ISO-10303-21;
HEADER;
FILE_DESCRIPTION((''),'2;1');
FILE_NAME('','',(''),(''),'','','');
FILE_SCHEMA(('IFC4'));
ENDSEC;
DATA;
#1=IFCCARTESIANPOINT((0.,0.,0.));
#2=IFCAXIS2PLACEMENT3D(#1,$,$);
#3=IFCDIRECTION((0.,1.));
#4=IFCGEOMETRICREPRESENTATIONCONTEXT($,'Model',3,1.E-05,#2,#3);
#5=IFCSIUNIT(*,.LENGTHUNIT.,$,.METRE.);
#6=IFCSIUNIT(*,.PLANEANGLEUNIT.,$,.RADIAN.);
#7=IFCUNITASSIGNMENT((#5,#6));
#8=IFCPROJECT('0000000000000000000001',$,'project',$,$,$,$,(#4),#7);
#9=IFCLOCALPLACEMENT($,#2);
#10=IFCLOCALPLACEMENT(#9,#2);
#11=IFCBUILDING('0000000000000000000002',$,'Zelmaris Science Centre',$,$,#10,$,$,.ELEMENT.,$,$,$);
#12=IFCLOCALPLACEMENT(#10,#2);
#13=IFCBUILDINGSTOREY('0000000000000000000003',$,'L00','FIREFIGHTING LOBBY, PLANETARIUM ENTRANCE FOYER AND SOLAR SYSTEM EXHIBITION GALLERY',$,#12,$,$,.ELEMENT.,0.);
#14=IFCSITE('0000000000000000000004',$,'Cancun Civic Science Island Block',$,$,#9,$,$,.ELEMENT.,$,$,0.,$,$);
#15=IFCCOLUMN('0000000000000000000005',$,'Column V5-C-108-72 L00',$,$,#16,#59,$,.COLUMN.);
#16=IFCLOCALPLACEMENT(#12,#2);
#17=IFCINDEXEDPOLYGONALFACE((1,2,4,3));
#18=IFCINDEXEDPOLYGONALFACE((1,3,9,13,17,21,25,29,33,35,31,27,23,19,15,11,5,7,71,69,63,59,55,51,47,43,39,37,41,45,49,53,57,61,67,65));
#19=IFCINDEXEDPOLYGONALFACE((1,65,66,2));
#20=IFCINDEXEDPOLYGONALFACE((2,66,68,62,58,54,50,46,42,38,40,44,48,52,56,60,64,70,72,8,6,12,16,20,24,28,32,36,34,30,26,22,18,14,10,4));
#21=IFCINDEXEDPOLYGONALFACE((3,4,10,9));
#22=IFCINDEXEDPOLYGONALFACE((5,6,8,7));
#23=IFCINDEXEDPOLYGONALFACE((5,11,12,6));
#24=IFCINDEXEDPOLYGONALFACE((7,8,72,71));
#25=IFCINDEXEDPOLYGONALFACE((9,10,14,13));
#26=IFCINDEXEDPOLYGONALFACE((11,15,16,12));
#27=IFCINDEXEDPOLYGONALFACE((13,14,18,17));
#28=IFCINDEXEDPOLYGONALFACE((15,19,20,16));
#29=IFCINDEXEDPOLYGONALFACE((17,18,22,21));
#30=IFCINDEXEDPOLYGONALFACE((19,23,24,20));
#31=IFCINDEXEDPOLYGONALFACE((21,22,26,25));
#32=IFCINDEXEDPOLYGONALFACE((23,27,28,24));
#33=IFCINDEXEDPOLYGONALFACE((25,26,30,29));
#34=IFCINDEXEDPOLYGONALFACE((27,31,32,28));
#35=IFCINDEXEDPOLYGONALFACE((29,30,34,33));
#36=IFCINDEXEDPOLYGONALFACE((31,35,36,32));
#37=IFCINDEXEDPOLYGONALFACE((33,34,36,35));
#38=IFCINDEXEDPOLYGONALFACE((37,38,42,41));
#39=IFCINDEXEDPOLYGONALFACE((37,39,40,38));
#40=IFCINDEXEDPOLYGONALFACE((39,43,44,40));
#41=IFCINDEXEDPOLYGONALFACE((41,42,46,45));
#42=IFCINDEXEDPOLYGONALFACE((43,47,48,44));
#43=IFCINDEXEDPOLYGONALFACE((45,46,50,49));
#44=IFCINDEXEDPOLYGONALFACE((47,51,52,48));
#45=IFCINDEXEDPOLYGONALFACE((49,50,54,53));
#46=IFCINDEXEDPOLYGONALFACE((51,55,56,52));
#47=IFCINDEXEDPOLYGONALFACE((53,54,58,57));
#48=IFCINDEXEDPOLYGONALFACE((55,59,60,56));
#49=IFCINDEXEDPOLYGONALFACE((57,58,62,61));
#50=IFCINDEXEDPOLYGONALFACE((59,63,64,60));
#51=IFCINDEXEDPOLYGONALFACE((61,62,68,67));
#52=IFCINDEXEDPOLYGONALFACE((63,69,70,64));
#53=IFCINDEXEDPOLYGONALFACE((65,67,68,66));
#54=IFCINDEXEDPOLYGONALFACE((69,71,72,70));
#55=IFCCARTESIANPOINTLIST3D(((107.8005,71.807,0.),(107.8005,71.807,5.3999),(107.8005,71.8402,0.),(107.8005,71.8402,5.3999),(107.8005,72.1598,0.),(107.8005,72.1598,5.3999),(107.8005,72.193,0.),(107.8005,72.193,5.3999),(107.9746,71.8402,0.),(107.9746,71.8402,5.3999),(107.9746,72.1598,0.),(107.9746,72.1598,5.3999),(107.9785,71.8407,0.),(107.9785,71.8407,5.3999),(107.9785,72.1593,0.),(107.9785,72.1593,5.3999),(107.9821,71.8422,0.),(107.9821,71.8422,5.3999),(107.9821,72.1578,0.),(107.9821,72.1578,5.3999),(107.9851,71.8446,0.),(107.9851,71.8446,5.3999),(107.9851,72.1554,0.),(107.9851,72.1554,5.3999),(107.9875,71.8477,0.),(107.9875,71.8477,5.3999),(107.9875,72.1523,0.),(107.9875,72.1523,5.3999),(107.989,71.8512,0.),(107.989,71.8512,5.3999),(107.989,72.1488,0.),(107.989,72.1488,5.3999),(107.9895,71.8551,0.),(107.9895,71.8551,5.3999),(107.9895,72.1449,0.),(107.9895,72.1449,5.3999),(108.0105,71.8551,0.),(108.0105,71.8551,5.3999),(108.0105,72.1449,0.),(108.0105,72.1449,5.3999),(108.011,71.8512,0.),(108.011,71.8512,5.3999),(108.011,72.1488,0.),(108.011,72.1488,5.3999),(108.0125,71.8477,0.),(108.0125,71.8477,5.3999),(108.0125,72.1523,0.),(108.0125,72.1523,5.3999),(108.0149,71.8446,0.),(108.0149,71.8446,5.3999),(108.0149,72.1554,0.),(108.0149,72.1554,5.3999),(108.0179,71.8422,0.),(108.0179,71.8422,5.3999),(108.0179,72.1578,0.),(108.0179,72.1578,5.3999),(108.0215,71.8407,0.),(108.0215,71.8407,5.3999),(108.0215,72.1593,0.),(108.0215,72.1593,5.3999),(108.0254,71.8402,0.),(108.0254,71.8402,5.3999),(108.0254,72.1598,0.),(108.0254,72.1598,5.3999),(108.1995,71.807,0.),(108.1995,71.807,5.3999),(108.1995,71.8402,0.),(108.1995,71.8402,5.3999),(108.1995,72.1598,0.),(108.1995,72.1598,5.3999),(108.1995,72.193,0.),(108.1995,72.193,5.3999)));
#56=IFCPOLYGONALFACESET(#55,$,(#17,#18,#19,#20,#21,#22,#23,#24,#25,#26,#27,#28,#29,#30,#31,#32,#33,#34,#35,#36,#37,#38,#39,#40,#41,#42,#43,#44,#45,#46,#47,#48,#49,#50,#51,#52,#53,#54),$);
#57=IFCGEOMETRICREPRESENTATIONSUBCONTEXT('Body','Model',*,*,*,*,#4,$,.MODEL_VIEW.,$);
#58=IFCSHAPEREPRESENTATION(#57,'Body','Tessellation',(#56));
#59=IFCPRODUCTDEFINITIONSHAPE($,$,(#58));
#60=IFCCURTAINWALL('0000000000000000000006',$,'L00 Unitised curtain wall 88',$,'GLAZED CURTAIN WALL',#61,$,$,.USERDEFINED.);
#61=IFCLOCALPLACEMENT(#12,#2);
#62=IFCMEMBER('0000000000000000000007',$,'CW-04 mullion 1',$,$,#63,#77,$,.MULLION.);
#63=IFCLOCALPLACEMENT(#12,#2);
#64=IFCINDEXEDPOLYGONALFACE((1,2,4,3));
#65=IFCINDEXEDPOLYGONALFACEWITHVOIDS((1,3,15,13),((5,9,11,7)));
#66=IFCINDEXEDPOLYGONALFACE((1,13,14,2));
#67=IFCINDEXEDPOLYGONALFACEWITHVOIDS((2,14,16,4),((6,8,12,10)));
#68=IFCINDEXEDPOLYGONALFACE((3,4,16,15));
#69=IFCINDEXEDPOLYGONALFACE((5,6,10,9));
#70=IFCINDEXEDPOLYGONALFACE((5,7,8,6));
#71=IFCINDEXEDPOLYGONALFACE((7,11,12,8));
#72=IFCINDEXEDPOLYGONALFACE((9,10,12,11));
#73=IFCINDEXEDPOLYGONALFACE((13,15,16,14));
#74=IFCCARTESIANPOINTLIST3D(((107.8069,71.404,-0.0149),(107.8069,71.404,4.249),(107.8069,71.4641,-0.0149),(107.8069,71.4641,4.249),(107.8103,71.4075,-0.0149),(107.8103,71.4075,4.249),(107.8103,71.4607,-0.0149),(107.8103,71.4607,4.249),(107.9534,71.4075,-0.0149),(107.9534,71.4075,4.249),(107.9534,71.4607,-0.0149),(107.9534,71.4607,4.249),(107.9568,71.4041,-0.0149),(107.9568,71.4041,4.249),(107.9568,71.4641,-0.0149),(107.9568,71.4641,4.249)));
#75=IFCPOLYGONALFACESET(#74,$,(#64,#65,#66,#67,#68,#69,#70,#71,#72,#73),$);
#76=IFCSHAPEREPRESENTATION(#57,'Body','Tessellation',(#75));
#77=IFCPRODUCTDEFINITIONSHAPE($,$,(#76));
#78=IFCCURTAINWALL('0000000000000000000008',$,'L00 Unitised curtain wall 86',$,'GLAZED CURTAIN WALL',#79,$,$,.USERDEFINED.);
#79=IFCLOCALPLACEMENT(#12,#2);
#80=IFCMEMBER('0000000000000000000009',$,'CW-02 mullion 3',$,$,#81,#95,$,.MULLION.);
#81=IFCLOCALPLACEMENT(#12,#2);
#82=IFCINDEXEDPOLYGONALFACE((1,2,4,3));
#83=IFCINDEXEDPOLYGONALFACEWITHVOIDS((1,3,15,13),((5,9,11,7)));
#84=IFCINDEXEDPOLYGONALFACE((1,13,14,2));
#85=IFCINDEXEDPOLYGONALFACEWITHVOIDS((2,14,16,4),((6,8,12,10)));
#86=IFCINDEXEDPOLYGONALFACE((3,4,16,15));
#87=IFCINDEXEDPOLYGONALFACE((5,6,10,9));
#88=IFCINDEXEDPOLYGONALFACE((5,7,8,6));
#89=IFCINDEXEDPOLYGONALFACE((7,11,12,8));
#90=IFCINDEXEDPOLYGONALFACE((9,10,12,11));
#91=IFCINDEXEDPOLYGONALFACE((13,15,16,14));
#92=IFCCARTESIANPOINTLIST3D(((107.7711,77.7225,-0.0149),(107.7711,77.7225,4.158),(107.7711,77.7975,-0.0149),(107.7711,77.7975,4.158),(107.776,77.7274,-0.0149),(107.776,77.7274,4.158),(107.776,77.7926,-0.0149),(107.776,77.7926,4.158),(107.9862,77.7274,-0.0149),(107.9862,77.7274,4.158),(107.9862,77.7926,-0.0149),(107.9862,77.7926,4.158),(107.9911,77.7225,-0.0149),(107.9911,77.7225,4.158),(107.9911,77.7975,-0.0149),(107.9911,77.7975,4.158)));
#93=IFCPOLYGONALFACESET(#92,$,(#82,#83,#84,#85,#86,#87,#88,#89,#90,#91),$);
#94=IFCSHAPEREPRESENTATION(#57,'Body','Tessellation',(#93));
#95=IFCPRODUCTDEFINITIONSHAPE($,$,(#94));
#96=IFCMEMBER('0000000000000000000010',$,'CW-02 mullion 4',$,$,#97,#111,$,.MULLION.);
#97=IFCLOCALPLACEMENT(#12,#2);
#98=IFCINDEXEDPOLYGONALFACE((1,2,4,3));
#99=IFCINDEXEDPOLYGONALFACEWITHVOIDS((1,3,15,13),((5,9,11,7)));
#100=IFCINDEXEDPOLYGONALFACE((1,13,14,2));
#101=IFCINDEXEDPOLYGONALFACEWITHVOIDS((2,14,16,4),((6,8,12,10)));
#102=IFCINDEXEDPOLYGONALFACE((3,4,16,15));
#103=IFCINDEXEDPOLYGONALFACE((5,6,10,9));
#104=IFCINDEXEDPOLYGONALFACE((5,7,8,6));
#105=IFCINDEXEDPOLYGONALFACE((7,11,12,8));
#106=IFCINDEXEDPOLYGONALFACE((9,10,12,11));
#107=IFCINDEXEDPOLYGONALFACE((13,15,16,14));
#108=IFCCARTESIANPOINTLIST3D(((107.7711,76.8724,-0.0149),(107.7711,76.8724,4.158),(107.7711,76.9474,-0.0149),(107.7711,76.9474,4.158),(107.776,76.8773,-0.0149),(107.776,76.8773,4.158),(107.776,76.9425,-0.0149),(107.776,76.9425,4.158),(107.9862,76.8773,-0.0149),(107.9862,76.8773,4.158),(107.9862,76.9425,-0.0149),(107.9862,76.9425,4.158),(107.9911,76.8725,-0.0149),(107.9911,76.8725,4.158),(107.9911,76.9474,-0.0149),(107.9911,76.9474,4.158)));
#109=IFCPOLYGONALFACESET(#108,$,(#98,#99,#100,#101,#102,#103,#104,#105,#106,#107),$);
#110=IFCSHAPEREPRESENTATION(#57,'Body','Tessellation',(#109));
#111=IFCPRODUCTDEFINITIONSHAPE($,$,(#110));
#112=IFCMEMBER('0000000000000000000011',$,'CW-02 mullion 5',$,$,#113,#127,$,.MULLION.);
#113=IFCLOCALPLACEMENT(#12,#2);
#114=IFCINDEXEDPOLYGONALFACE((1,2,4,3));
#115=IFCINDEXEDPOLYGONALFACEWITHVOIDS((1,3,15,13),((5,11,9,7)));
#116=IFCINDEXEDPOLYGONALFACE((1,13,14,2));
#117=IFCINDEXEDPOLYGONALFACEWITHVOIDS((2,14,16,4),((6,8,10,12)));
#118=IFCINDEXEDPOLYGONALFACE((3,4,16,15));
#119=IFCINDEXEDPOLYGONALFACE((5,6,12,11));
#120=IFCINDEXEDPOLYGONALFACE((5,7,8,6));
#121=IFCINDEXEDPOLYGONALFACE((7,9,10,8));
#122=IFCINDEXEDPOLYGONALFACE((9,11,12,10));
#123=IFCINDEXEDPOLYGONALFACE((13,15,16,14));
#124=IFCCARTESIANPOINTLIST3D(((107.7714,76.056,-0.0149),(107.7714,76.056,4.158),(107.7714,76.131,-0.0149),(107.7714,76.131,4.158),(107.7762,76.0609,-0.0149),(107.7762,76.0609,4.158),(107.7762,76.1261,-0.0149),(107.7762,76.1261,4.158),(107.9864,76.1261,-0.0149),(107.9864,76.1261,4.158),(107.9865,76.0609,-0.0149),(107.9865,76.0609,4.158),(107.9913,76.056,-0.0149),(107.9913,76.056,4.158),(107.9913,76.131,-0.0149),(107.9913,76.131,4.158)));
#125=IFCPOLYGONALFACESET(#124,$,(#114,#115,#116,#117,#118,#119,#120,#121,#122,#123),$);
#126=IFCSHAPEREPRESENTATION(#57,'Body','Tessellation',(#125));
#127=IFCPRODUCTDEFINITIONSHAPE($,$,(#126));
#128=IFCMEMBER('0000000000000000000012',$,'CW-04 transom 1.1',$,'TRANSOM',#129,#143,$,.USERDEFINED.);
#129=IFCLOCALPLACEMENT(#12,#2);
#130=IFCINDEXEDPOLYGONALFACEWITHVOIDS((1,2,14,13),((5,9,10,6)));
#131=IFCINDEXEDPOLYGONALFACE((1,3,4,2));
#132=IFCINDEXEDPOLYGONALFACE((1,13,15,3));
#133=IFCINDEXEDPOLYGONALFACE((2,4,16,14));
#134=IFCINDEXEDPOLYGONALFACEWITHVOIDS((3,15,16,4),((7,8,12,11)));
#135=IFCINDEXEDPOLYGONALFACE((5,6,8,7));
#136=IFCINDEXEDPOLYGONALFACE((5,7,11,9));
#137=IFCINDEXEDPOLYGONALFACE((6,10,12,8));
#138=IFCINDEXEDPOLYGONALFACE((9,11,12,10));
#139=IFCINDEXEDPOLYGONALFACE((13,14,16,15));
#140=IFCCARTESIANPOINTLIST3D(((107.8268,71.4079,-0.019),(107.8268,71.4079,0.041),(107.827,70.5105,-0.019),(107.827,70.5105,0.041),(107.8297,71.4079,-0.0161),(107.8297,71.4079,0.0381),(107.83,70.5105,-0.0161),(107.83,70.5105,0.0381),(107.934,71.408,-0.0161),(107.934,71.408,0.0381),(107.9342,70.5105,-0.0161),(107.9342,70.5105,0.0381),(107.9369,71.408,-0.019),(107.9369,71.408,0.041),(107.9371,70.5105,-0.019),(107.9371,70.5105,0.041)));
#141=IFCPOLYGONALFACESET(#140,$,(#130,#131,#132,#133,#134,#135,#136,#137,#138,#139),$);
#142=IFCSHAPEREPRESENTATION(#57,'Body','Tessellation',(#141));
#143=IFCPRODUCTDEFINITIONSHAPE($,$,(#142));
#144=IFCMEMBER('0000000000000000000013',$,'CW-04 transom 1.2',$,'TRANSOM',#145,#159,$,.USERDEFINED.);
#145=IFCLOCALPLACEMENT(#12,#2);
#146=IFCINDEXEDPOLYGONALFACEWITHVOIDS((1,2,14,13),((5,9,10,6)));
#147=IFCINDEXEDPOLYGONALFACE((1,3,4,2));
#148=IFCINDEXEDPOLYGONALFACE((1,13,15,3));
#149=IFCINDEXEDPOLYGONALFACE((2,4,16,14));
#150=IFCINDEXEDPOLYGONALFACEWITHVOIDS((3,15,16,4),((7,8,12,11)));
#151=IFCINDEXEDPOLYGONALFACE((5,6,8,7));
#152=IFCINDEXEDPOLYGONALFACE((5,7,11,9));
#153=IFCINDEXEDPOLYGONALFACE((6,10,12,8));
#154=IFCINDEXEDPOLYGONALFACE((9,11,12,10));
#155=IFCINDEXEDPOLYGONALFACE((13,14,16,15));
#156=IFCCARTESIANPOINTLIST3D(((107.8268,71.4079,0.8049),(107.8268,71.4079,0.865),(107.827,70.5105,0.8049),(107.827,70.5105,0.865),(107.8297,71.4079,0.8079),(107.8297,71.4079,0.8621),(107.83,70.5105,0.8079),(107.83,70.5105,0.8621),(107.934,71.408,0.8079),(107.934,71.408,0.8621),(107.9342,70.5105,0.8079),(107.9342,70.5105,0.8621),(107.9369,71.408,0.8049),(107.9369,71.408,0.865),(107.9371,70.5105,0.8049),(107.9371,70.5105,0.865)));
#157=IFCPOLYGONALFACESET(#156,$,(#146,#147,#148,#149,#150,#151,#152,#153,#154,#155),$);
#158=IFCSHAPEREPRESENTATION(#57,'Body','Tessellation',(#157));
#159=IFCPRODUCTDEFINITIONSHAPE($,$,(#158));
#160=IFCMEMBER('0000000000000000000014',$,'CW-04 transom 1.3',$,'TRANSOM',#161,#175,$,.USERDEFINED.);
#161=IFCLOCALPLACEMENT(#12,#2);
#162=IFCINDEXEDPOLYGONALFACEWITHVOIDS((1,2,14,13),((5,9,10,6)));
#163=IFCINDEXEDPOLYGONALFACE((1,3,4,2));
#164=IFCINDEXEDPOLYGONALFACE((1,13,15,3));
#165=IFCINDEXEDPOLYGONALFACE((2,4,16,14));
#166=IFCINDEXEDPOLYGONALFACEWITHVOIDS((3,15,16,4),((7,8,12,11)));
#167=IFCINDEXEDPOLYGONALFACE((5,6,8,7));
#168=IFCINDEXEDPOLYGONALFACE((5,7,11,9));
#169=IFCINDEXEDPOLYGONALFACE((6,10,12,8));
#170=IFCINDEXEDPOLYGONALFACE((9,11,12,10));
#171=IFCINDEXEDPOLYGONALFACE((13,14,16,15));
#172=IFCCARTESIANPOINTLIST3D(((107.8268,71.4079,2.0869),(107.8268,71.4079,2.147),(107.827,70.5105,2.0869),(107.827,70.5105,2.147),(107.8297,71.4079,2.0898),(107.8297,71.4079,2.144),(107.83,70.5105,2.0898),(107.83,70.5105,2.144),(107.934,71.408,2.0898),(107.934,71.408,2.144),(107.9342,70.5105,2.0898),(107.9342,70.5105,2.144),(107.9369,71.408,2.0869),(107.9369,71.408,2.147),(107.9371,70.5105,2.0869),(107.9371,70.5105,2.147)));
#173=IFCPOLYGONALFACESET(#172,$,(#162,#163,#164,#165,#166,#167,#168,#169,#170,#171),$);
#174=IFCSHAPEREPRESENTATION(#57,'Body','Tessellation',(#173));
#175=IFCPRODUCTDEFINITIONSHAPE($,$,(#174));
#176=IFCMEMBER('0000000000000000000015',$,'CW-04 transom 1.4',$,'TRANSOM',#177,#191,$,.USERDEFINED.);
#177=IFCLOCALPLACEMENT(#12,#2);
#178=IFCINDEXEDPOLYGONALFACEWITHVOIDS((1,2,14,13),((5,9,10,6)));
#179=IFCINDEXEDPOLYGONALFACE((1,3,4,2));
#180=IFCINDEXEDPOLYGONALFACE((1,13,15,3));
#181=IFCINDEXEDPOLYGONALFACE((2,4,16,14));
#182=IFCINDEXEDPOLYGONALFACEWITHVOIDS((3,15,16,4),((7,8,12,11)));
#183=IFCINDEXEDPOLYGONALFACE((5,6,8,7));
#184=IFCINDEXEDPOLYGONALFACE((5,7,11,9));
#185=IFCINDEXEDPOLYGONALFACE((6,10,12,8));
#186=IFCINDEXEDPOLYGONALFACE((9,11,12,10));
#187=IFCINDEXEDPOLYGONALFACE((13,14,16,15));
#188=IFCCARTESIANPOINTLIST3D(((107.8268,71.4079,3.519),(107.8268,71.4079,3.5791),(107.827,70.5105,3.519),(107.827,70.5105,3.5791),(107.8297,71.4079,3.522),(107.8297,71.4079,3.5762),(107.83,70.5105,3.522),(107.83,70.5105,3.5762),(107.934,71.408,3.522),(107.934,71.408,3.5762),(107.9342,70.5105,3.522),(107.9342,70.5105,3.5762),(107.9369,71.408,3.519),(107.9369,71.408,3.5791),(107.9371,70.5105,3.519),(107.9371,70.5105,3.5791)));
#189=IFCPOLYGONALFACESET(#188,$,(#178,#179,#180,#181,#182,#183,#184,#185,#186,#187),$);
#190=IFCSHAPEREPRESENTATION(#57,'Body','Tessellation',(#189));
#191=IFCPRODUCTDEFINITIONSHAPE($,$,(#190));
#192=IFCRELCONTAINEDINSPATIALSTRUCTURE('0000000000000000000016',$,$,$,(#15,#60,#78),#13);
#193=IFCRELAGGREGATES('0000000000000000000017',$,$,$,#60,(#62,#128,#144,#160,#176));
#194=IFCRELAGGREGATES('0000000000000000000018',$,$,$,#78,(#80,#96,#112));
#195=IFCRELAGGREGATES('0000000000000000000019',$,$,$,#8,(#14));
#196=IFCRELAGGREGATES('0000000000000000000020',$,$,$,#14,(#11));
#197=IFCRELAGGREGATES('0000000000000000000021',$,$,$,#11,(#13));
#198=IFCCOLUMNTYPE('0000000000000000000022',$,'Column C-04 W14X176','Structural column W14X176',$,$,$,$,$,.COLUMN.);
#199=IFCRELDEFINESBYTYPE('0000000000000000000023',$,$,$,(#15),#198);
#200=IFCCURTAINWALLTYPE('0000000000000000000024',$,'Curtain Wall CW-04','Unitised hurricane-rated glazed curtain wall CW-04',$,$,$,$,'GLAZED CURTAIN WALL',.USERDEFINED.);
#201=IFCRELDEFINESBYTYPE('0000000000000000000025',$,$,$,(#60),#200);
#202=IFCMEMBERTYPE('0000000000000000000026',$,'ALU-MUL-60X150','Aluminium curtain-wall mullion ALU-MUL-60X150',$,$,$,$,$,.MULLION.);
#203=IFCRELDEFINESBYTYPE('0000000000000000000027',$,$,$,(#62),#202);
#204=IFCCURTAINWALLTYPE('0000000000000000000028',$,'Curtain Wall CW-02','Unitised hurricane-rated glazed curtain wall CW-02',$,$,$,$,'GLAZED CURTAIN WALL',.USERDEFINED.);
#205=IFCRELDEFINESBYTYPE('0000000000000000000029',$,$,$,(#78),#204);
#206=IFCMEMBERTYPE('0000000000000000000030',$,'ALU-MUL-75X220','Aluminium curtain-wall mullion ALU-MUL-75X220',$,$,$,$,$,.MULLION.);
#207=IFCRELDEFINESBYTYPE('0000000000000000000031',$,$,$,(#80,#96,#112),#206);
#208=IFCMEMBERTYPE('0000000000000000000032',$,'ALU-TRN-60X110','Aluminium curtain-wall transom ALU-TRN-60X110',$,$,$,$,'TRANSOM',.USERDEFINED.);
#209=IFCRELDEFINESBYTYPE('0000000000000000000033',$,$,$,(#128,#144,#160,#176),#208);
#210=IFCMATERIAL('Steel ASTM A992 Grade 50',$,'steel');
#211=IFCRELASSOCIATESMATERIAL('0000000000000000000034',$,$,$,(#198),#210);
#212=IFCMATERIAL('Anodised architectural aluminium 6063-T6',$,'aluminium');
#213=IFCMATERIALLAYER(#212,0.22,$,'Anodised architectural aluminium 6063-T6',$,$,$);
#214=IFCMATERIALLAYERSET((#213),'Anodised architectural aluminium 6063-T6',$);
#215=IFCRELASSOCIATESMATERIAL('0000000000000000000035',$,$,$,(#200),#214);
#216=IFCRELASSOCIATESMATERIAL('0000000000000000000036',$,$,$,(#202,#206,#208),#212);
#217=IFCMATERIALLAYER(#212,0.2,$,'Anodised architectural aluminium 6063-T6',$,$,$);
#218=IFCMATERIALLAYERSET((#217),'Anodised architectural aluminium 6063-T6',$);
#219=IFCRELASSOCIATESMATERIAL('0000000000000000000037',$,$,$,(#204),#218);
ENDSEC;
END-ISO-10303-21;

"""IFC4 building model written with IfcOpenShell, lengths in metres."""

from ifc_helpers import new_model, si_unit, direction, frame, origin, origin_2d, place, context, subcontext, project, spatial, hollow_rectangle, i_section, extrude, material, layer, layer_set, material_profile, profile_set, type_object, element, aggregate, save


model = new_model("IFC4")

# Units and contexts
model_context = context("Model", 3, precision=1e-05, world=origin(), true_north=direction((0.0, 1.0)))
body_context = subcontext(model_context, "Body", "Model", "MODEL_VIEW")
ifc_project = project(units=[si_unit("LENGTHUNIT", "METRE"), si_unit("PLANEANGLEUNIT", "RADIAN")], contexts=[model_context])

# Site, building, storey
site_placement = place(None, origin())
site = spatial("IfcSite", under=ifc_project, at=site_placement, Name="Cancun Civic Science Island Block", CompositionType="ELEMENT", RefElevation=0.0)
building_placement = place(site_placement, origin())
building = spatial("IfcBuilding", under=site, at=building_placement, Name="Zelmaris Science Centre", CompositionType="ELEMENT")
storey_placement = place(building_placement, origin())
storey = spatial("IfcBuildingStorey", under=building, at=storey_placement, Name="L00", Description="FIREFIGHTING LOBBY, PLANETARIUM ENTRANCE FOYER AND SOLAR SYSTEM EXHIBITION GALLERY", CompositionType="ELEMENT", Elevation=0.0)

# Column
ifc_material_1 = material(Name="Steel ASTM A992 Grade 50", Category="steel")
ifc_material_profile_1 = material_profile(ifc_material_1, i_section(OverallWidth=0.3989, OverallDepth=0.386, WebThickness=0.021, FlangeThickness=0.0332, FilletRadius=0.0149, at=origin_2d()), Name="W14X176")
ifc_profile_set_1 = profile_set([ifc_material_profile_1], Name="Steel ASTM A992 Grade 50")
column_type = type_object("IfcColumnType", Name="Column C-04 W14X176", Description="Structural column W14X176", PredefinedType="COLUMN", material=ifc_profile_set_1)
column_placement = place(storey_placement, frame((108.0, 72.0, 0.0), z_axis=(0.0, 0.0, 1.0), x_axis=(1.0, 0.0, 0.0)))
element("IfcColumn", 1, at=column_placement, inside=storey, type_object=column_type, Name="Column V5-C-108-72 L00", PredefinedType="COLUMN", context=body_context, shape_type="SweptSolid", body=[
    extrude(i_section(OverallWidth=0.3989, OverallDepth=0.386, WebThickness=0.021, FlangeThickness=0.0332, FilletRadius=0.0149, at=origin_2d()), origin(), (0.0, 0.0, 1.0), 5.3999),
])

# Curtain wall, member
ifc_material_2 = material(Name="Anodised architectural aluminium 6063-T6", Category="aluminium")
ifc_layer_1 = layer(ifc_material_2, 0.22, Name="Anodised architectural aluminium 6063-T6")
ifc_layer_set_1 = layer_set([ifc_layer_1], Name="Anodised architectural aluminium 6063-T6")
curtain_wall_type_1 = type_object("IfcCurtainWallType", Name="Curtain Wall CW-04", Description="Unitised hurricane-rated glazed curtain wall CW-04", ElementType="GLAZED CURTAIN WALL", PredefinedType="USERDEFINED", material=ifc_layer_set_1)
curtain_wall_1_placement = place(storey_placement, origin())
curtain_wall_1 = element("IfcCurtainWall", 2, at=curtain_wall_1_placement, inside=storey, type_object=curtain_wall_type_1, Name="L00 Unitised curtain wall 88", ObjectType="GLAZED CURTAIN WALL", PredefinedType="USERDEFINED")
ifc_material_profile_2 = material_profile(ifc_material_2, hollow_rectangle(XDim=0.0601, YDim=0.1499, WallThickness=0.0034, at=origin_2d()), Name="ALU-MUL-60X150")
ifc_profile_set_2 = profile_set([ifc_material_profile_2], Name="Anodised architectural aluminium 6063-T6")
member_type_1 = type_object("IfcMemberType", Name="ALU-MUL-60X150", Description="Aluminium curtain-wall mullion ALU-MUL-60X150", PredefinedType="MULLION", material=ifc_profile_set_2)
member_1_placement = place(storey_placement, frame((107.8818, 71.4341, -0.0149), z_axis=(0.0, 0.0, 1.0), x_axis=(0.000129, -1.0, 0.0)))
member_1 = element("IfcMember", 3, at=member_1_placement, type_object=member_type_1, Name="CW-04 mullion 1", PredefinedType="MULLION", context=body_context, shape_type="SweptSolid", body=[
    extrude(hollow_rectangle(XDim=0.0601, YDim=0.1499, WallThickness=0.0034, at=origin_2d()), origin(), (0.0, 0.0, 1.0), 4.2639),
])

# Curtain wall, members
ifc_layer_2 = layer(ifc_material_2, 0.2, Name="Anodised architectural aluminium 6063-T6")
ifc_layer_set_2 = layer_set([ifc_layer_2], Name="Anodised architectural aluminium 6063-T6")
curtain_wall_type_2 = type_object("IfcCurtainWallType", Name="Curtain Wall CW-02", Description="Unitised hurricane-rated glazed curtain wall CW-02", ElementType="GLAZED CURTAIN WALL", PredefinedType="USERDEFINED", material=ifc_layer_set_2)
curtain_wall_2_placement = place(storey_placement, origin())
curtain_wall_2 = element("IfcCurtainWall", 4, at=curtain_wall_2_placement, inside=storey, type_object=curtain_wall_type_2, Name="L00 Unitised curtain wall 86", ObjectType="GLAZED CURTAIN WALL", PredefinedType="USERDEFINED")
ifc_material_profile_3 = material_profile(ifc_material_2, hollow_rectangle(XDim=0.075, YDim=0.22, WallThickness=0.0049, at=origin_2d()), Name="ALU-MUL-75X220")
ifc_profile_set_3 = profile_set([ifc_material_profile_3], Name="Anodised architectural aluminium 6063-T6")
member_type_2 = type_object("IfcMemberType", Name="ALU-MUL-75X220", Description="Aluminium curtain-wall mullion ALU-MUL-75X220", PredefinedType="MULLION", material=ifc_profile_set_3)
member_2_placement = place(storey_placement, frame((107.8811, 77.76, -0.0149), z_axis=(0.0, 0.0, 1.0), x_axis=(0.000129, -1.0, 0.0)))
member_2 = element("IfcMember", 5, at=member_2_placement, type_object=member_type_2, Name="CW-02 mullion 3", PredefinedType="MULLION", context=body_context, shape_type="SweptSolid", body=[
    extrude(hollow_rectangle(XDim=0.075, YDim=0.22, WallThickness=0.0049, at=origin_2d()), origin(), (0.0, 0.0, 1.0), 4.1729),
])
member_3_placement = place(storey_placement, frame((107.8811, 76.9099, -0.0149), z_axis=(0.0, 0.0, 1.0), x_axis=(0.000129, -1.0, 0.0)))
member_3 = element("IfcMember", 6, at=member_3_placement, type_object=member_type_2, Name="CW-02 mullion 4", PredefinedType="MULLION", context=body_context, shape_type="SweptSolid", body=[
    extrude(hollow_rectangle(XDim=0.075, YDim=0.22, WallThickness=0.0049, at=origin_2d()), origin(), (0.0, 0.0, 1.0), 4.1729),
])
member_4_placement = place(storey_placement, frame((107.8813, 76.0935, -0.0149), z_axis=(0.0, 0.0, 1.0), x_axis=(0.000129, -1.0, 0.0)))
member_4 = element("IfcMember", 7, at=member_4_placement, type_object=member_type_2, Name="CW-02 mullion 5", PredefinedType="MULLION", context=body_context, shape_type="SweptSolid", body=[
    extrude(hollow_rectangle(XDim=0.075, YDim=0.22, WallThickness=0.0049, at=origin_2d()), origin(), (0.0, 0.0, 1.0), 4.1729),
])

# Members
ifc_material_profile_4 = material_profile(ifc_material_2, hollow_rectangle(XDim=0.0601, YDim=0.1101, WallThickness=0.0029, at=origin_2d()), Name="ALU-TRN-60X110")
ifc_profile_set_4 = profile_set([ifc_material_profile_4], Name="Anodised architectural aluminium 6063-T6")
member_type_3 = type_object("IfcMemberType", Name="ALU-TRN-60X110", Description="Aluminium curtain-wall transom ALU-TRN-60X110", ElementType="TRANSOM", PredefinedType="USERDEFINED", material=ifc_profile_set_4)
member_5_placement = place(storey_placement, frame((107.8818, 71.408, 0.011), z_axis=(0.000272, -1.0, 0.0), x_axis=(0.0, 0.0, 1.0)))
member_5 = element("IfcMember", 8, at=member_5_placement, type_object=member_type_3, Name="CW-04 transom 1.1", ObjectType="TRANSOM", PredefinedType="USERDEFINED", context=body_context, shape_type="SweptSolid", body=[
    extrude(hollow_rectangle(XDim=0.0601, YDim=0.1101, WallThickness=0.0029, at=origin_2d()), origin(), (0.0, 0.0, 1.0), 0.8975),
])
member_6_placement = place(storey_placement, frame((107.8818, 71.408, 0.835), z_axis=(0.000272, -1.0, 0.0), x_axis=(0.0, 0.0, 1.0)))
member_6 = element("IfcMember", 9, at=member_6_placement, type_object=member_type_3, Name="CW-04 transom 1.2", ObjectType="TRANSOM", PredefinedType="USERDEFINED", context=body_context, shape_type="SweptSolid", body=[
    extrude(hollow_rectangle(XDim=0.0601, YDim=0.1101, WallThickness=0.0029, at=origin_2d()), origin(), (0.0, 0.0, 1.0), 0.8975),
])
member_7_placement = place(storey_placement, frame((107.8818, 71.408, 2.1169), z_axis=(0.000272, -1.0, 0.0), x_axis=(0.0, 0.0, 1.0)))
member_7 = element("IfcMember", 10, at=member_7_placement, type_object=member_type_3, Name="CW-04 transom 1.3", ObjectType="TRANSOM", PredefinedType="USERDEFINED", context=body_context, shape_type="SweptSolid", body=[
    extrude(hollow_rectangle(XDim=0.0601, YDim=0.1101, WallThickness=0.0029, at=origin_2d()), origin(), (0.0, 0.0, 1.0), 0.8975),
])
member_8_placement = place(storey_placement, frame((107.8818, 71.408, 3.5491), z_axis=(0.000272, -1.0, 0.0), x_axis=(0.0, 0.0, 1.0)))
member_8 = element("IfcMember", 11, at=member_8_placement, type_object=member_type_3, Name="CW-04 transom 1.4", ObjectType="TRANSOM", PredefinedType="USERDEFINED", context=body_context, shape_type="SweptSolid", body=[
    extrude(hollow_rectangle(XDim=0.0601, YDim=0.1101, WallThickness=0.0029, at=origin_2d()), origin(), (0.0, 0.0, 1.0), 0.8975),
])
aggregate(curtain_wall_1, [member_1, member_5, member_6, member_7, member_8])

aggregate(curtain_wall_2, [member_2, member_3, member_4])

save(model, "model.ifc")
